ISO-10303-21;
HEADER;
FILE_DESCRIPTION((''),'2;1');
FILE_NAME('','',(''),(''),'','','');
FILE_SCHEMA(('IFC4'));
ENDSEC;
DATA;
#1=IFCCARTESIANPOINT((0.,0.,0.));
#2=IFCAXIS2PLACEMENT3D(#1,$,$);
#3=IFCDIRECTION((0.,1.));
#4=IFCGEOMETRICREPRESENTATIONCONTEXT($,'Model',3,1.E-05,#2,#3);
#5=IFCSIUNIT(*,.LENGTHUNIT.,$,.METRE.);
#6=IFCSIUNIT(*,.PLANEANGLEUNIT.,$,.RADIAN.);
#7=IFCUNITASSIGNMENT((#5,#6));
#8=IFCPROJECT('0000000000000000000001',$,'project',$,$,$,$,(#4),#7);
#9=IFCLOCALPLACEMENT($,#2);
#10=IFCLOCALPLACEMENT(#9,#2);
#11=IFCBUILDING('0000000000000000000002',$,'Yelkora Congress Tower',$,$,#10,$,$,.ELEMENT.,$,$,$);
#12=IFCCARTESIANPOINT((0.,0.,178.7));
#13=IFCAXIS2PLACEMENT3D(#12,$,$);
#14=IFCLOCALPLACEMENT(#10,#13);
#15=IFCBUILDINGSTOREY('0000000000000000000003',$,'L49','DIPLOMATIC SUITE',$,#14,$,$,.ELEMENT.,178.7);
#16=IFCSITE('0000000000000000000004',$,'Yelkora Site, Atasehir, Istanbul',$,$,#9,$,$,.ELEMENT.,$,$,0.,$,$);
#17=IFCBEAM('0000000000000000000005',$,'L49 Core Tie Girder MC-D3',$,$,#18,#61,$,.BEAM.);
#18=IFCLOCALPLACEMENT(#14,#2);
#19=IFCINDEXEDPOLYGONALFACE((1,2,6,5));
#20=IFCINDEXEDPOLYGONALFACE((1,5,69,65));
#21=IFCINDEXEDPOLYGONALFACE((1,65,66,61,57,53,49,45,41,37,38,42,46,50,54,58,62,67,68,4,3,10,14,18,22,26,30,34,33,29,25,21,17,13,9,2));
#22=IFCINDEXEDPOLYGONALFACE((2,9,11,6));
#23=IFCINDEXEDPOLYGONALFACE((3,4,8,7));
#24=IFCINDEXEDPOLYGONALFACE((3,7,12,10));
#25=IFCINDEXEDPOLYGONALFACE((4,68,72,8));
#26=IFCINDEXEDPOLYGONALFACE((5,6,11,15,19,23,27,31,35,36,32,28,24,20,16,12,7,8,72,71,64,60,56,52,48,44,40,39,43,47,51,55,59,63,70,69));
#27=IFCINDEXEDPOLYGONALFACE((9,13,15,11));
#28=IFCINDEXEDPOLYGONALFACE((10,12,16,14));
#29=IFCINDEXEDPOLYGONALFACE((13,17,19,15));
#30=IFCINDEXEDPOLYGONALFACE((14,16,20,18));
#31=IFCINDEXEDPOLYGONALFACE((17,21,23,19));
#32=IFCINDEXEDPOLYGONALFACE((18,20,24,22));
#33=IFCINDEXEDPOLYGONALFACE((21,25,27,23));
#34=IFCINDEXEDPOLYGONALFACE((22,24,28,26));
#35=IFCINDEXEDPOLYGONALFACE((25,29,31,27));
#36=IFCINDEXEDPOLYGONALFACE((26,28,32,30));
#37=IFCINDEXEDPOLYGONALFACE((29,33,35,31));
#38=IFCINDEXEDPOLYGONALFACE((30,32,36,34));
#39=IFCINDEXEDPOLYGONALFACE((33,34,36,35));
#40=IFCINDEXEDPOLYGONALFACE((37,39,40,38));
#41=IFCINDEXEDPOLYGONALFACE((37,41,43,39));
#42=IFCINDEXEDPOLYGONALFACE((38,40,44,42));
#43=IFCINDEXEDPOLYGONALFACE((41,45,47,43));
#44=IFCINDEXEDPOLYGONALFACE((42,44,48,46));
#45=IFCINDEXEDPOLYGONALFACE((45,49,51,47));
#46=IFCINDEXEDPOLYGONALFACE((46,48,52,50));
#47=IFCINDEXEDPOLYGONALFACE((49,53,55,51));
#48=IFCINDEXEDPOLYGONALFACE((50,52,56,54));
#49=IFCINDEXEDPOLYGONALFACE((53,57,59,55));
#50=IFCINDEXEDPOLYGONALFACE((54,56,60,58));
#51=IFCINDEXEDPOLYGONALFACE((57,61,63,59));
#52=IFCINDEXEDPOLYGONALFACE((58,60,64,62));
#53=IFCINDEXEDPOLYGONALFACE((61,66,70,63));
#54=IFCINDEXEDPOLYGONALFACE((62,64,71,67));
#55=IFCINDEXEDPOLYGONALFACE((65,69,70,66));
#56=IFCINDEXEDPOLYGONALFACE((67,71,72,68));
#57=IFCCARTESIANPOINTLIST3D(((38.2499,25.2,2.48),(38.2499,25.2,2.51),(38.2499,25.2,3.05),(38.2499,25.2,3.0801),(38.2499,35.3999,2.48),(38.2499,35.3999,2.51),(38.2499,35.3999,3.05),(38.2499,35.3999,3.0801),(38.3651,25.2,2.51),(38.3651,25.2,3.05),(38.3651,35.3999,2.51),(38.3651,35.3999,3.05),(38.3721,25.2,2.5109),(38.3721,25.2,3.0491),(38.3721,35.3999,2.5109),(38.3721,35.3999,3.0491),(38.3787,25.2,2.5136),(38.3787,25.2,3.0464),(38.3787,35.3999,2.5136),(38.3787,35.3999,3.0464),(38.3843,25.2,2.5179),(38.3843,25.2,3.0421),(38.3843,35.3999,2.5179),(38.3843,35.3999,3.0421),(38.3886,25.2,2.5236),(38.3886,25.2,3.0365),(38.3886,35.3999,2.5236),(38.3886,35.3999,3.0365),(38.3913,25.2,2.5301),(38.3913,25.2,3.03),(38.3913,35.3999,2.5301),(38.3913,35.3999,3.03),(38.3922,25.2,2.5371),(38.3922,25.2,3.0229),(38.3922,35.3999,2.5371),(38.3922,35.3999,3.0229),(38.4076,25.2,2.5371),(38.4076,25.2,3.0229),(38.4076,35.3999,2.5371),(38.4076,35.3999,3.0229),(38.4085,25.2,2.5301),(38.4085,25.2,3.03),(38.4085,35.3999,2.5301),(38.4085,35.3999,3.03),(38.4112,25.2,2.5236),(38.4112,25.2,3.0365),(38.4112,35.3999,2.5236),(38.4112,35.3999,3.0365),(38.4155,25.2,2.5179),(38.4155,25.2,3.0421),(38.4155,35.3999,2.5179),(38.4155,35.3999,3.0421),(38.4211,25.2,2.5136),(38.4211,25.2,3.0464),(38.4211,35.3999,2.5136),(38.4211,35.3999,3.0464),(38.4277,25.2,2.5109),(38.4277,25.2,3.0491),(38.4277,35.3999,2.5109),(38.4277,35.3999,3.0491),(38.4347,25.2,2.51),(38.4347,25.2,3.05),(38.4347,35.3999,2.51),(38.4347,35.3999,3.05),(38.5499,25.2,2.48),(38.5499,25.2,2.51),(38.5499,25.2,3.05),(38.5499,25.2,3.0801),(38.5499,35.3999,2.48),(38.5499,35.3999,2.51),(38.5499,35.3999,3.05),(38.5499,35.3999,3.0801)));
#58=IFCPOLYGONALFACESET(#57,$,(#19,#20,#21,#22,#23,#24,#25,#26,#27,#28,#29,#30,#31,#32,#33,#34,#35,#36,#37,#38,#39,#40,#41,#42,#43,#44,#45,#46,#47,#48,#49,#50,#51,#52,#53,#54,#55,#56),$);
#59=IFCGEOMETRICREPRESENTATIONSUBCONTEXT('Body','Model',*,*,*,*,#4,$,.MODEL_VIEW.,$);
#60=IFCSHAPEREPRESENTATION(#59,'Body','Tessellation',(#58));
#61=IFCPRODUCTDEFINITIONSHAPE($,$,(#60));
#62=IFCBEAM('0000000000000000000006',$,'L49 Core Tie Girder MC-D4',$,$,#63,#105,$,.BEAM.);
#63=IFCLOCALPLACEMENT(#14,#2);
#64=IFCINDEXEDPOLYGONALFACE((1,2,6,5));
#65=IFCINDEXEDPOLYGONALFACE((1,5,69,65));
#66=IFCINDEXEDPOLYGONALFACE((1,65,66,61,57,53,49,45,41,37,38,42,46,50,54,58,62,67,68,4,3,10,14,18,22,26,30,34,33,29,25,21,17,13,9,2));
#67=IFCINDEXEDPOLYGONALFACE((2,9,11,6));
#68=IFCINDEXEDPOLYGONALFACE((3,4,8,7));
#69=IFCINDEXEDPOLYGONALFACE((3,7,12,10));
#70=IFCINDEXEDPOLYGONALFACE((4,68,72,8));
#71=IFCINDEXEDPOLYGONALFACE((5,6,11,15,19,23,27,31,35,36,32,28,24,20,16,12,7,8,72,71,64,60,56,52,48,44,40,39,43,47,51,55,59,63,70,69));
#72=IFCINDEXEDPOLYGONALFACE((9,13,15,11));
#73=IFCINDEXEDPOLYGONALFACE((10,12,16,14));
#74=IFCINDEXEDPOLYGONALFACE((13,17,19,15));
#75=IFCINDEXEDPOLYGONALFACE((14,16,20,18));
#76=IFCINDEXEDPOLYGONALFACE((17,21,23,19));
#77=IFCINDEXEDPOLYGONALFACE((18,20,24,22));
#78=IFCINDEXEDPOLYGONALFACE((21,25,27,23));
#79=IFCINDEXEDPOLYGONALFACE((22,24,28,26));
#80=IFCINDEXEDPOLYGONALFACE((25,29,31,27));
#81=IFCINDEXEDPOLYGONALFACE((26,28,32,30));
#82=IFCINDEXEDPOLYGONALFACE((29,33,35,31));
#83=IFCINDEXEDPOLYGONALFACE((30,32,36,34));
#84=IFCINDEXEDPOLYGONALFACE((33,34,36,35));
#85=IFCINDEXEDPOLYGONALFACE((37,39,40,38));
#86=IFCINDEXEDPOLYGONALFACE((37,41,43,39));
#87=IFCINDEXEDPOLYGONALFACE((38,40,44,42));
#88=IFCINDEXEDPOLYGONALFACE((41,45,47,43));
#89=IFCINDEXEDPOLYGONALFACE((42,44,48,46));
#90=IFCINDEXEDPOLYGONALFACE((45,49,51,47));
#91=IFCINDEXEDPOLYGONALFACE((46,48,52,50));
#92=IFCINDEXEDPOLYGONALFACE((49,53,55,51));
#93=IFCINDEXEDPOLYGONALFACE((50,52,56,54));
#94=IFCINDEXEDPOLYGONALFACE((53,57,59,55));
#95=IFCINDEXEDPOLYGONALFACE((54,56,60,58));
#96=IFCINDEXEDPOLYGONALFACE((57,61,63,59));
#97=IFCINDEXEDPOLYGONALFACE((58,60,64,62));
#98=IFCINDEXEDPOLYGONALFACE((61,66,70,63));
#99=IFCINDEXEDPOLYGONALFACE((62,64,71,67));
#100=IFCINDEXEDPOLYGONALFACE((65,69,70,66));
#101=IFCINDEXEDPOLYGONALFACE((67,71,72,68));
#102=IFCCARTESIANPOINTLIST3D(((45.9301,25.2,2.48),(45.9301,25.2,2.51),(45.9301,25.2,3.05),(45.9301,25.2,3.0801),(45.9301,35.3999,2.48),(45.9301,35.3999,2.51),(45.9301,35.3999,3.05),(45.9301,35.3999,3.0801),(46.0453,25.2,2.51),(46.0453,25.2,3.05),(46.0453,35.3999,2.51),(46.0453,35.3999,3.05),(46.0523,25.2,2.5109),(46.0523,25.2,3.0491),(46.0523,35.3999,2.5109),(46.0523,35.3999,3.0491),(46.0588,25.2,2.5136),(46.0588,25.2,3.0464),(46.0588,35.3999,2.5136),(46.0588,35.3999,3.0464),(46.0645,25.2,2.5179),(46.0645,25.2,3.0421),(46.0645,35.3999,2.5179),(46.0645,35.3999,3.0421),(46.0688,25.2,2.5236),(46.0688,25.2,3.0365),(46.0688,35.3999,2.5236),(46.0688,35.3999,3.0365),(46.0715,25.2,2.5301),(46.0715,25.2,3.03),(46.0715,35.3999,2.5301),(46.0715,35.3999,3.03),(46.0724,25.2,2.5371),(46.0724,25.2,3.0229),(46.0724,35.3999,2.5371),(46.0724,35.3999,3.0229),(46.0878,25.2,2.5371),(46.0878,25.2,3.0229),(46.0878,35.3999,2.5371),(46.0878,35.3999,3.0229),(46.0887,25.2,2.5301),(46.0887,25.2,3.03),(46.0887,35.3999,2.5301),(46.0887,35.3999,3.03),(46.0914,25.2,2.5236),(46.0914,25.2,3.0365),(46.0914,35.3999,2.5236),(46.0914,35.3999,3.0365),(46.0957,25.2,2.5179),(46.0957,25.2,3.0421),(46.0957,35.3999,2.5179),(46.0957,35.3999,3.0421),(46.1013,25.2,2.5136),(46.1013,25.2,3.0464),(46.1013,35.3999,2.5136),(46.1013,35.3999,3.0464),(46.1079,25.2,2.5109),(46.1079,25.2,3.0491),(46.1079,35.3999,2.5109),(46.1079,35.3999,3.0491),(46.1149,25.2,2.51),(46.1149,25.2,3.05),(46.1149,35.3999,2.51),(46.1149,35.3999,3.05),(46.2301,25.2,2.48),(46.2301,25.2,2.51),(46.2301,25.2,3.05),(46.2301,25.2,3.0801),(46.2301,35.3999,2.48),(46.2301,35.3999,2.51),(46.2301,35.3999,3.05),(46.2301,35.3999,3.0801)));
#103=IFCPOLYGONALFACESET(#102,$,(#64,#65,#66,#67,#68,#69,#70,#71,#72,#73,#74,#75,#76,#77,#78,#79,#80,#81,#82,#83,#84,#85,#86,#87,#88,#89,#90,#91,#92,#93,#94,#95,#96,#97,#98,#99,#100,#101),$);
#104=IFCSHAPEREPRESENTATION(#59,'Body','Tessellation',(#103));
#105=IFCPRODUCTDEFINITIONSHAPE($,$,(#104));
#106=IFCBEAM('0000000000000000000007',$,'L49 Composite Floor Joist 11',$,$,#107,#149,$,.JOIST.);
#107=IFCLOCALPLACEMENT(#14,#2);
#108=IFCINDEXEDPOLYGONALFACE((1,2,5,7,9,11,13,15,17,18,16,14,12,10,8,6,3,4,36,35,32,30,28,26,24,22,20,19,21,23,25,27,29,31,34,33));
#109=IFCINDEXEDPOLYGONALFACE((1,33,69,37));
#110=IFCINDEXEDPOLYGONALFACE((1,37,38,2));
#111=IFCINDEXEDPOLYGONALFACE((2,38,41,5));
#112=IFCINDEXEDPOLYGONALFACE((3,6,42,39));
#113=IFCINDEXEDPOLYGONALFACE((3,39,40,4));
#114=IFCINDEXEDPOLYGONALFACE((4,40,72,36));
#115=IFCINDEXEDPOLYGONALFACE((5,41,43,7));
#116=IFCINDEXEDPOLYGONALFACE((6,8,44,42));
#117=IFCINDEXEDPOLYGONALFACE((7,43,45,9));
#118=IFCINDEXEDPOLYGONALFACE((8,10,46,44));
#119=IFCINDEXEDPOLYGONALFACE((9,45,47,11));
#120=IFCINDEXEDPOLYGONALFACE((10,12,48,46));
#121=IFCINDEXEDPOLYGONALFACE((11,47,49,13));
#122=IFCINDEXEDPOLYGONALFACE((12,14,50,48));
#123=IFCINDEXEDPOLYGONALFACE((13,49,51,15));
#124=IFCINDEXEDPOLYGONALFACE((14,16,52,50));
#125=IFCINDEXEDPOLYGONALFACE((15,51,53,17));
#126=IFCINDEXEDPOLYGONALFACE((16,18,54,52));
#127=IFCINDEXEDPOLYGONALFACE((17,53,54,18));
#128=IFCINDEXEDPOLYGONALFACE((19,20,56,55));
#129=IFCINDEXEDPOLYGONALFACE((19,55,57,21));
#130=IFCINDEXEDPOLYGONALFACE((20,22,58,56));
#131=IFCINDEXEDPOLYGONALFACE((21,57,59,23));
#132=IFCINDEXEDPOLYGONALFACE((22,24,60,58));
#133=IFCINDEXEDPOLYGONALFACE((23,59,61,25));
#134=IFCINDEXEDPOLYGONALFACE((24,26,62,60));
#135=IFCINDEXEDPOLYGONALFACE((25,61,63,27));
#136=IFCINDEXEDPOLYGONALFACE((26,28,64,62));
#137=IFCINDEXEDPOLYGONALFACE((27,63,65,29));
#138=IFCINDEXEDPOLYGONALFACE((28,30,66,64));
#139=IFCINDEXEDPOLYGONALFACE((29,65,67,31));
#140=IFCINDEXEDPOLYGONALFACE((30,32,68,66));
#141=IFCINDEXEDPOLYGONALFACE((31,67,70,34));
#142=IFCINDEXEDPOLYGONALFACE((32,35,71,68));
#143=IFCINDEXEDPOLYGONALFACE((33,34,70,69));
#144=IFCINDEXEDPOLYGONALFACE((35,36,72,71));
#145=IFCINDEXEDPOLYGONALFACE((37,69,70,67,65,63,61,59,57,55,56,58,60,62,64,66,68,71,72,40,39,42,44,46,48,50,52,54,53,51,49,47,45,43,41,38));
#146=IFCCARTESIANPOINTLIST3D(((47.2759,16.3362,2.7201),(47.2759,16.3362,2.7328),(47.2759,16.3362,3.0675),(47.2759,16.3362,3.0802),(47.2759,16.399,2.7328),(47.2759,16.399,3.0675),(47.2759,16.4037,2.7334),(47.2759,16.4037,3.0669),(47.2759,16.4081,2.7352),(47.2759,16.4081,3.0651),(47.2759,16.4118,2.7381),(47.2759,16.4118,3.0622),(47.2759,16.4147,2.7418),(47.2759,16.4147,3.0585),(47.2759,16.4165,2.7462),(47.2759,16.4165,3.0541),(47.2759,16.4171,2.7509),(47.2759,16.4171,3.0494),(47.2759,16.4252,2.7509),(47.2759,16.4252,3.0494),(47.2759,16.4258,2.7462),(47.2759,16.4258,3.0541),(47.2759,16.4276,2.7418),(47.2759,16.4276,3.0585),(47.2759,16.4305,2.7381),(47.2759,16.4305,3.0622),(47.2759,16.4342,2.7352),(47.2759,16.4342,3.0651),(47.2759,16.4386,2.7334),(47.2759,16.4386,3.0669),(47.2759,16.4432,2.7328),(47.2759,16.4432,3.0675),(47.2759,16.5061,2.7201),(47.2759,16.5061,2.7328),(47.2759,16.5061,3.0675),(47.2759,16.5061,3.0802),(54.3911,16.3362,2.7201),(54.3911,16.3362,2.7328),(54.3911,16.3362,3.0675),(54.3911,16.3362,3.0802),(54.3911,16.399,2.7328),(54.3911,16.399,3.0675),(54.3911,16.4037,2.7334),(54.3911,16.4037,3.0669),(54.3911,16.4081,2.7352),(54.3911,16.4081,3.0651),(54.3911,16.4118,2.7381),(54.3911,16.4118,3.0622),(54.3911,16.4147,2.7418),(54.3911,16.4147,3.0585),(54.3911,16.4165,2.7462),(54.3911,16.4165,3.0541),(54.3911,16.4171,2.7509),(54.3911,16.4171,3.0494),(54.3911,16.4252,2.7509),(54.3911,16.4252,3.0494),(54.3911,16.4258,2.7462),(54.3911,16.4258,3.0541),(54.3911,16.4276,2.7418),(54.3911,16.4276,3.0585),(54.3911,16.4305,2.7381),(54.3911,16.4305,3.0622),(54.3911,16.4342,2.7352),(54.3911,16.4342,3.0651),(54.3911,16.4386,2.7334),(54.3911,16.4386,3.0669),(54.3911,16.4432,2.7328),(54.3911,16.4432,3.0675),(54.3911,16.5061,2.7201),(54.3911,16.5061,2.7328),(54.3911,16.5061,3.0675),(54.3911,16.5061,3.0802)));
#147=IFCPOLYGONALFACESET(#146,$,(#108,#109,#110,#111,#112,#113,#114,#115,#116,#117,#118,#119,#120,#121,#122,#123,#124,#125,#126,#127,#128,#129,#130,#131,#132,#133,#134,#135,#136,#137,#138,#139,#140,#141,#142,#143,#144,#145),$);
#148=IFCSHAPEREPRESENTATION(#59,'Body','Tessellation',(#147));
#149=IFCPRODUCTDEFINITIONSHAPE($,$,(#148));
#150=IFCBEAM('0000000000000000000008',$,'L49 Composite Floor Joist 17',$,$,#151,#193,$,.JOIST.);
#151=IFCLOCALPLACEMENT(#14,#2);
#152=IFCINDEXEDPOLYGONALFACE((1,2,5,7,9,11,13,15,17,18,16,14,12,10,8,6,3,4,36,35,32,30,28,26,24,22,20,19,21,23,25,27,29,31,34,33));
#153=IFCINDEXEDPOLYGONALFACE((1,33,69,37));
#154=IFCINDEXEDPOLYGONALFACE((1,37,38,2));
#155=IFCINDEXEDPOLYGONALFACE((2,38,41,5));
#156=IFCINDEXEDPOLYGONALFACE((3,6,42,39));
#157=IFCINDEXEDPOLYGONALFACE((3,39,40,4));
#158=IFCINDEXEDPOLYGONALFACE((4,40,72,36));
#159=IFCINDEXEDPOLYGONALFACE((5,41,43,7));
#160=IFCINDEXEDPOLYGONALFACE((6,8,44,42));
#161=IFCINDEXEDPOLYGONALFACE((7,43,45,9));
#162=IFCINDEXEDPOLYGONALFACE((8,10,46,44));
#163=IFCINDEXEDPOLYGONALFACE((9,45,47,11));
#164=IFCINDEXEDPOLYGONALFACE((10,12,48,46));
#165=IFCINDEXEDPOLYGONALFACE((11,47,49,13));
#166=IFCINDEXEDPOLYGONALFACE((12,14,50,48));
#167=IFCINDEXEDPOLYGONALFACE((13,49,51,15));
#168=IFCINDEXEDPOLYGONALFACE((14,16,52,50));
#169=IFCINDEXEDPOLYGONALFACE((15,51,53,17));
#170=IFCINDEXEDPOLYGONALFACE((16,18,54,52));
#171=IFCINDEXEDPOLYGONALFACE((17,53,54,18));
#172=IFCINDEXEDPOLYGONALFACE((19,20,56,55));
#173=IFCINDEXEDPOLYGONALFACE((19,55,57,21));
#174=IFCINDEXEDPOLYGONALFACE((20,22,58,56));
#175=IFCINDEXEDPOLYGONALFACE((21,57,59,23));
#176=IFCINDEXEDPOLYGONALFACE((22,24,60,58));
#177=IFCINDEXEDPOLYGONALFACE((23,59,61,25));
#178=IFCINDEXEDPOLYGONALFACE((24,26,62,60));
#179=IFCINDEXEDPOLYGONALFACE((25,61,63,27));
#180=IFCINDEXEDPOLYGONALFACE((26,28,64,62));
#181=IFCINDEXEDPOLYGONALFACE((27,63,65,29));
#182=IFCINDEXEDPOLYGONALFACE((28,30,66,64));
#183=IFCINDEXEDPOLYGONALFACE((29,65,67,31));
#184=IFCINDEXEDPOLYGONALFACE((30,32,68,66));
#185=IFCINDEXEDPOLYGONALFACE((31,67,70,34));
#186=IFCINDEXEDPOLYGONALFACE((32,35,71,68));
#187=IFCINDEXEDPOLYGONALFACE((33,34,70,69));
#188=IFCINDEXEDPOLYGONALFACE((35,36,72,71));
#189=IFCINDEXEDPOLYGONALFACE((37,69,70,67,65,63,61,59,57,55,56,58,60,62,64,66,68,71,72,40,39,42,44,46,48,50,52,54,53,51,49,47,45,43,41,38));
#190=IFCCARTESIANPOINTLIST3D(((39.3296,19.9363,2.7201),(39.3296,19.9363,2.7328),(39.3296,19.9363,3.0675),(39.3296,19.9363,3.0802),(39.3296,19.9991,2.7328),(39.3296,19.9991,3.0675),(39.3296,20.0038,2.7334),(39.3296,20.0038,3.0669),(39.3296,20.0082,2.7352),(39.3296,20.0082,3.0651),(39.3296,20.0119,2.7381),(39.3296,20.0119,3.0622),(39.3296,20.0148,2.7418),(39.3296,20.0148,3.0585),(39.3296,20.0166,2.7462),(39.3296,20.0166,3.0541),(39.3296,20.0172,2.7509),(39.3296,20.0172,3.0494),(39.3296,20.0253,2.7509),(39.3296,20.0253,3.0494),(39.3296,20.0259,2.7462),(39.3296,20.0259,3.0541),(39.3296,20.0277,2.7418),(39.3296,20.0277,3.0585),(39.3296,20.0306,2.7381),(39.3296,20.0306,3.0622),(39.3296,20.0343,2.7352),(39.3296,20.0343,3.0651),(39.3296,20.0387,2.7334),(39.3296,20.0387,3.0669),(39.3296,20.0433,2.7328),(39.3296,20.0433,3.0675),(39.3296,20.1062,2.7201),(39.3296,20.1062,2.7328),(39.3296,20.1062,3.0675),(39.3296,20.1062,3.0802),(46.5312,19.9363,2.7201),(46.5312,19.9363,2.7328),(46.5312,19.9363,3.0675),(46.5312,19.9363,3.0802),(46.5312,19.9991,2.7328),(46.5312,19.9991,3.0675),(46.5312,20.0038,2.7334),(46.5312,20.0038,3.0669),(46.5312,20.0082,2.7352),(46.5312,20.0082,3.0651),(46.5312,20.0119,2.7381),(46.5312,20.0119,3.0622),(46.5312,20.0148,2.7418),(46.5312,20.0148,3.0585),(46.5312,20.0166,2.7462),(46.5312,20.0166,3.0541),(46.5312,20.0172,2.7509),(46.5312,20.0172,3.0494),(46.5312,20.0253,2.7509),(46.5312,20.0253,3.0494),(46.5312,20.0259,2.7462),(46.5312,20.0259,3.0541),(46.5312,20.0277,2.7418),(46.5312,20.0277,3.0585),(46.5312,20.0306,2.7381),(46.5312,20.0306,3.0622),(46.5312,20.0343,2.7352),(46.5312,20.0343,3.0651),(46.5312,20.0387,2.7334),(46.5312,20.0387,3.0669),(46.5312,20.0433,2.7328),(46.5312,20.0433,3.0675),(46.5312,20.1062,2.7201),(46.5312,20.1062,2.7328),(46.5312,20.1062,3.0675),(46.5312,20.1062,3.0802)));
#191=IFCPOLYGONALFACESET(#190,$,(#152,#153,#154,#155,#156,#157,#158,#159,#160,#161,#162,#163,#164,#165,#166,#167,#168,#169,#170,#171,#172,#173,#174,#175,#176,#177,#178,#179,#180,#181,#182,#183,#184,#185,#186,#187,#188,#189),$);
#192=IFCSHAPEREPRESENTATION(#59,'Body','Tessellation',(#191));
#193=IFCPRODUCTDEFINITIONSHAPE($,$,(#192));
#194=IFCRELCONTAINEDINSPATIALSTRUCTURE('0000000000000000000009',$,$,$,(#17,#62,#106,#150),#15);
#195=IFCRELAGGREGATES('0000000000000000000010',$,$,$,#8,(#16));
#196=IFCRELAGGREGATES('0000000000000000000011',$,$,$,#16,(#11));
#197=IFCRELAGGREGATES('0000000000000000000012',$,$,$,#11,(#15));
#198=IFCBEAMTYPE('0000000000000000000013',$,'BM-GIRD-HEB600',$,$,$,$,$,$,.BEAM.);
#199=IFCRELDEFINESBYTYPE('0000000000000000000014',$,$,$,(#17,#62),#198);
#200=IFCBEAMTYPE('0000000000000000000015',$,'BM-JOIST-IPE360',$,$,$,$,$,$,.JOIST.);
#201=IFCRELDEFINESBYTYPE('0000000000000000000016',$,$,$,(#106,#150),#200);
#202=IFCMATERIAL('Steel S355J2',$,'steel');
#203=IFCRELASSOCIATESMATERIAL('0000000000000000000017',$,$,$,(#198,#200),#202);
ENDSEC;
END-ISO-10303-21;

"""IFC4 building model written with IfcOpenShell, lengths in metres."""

from ifc_helpers import new_model, si_unit, direction, frame, origin, origin_2d, place, context, subcontext, project, spatial, i_section, extrude, material, material_profile, profile_set, type_object, element, save


model = new_model("IFC4")

# Units and contexts
model_context = context("Model", 3, precision=1e-05, world=origin(), true_north=direction((0.0, 1.0)))
body_context = subcontext(model_context, "Body", "Model", "MODEL_VIEW")
ifc_project = project(units=[si_unit("LENGTHUNIT", "METRE"), si_unit("PLANEANGLEUNIT", "RADIAN")], contexts=[model_context])

# Site, building, storey
site_placement = place(None, origin())
site = spatial("IfcSite", under=ifc_project, at=site_placement, Name="Yelkora Site, Atasehir, Istanbul", CompositionType="ELEMENT", RefElevation=0.0)
building_placement = place(site_placement, origin())
building = spatial("IfcBuilding", under=site, at=building_placement, Name="Yelkora Congress Tower", CompositionType="ELEMENT")
storey_placement = place(building_placement, frame((0.0, 0.0, 178.7)))
storey = spatial("IfcBuildingStorey", under=building, at=storey_placement, Name="L49", Description="DIPLOMATIC SUITE", CompositionType="ELEMENT", Elevation=178.7)

# Beams
ifc_material_1 = material(Name="Steel S355J2", Category="steel")
ifc_material_profile_1 = material_profile(ifc_material_1, i_section(OverallWidth=0.3, OverallDepth=0.6001, WebThickness=0.0154, FlangeThickness=0.03, FilletRadius=0.0271, at=origin_2d()), Name="HEB 600")
ifc_profile_set_1 = profile_set([ifc_material_profile_1], Name="Steel S355J2")
beam_type_1 = type_object("IfcBeamType", Name="BM-GIRD-HEB600", PredefinedType="BEAM", material=ifc_profile_set_1)
for number, where, z_axis, x_axis, name in (
    (1, (38.3999, 25.2, 2.78), (0.0, 1.0, 0.0), (-1.0, 0.0, 0.0), "L49 Core Tie Girder MC-D3"),
    (2, (46.0801, 25.2, 2.78), (0.0, 1.0, 0.0), (-1.0, 0.0, 0.0), "L49 Core Tie Girder MC-D4"),
):
    element("IfcBeam", number, at=place(storey_placement, frame(where, z_axis=z_axis, x_axis=x_axis)), inside=storey, type_object=beam_type_1, Name=name, PredefinedType="BEAM", context=body_context, shape_type="SweptSolid", body=[
        extrude(i_section(OverallWidth=0.3, OverallDepth=0.6001, WebThickness=0.0154, FlangeThickness=0.03, FilletRadius=0.0271, at=origin_2d()), origin(), (0.0, 0.0, 1.0), 10.2),
    ])
ifc_material_profile_2 = material_profile(ifc_material_1, i_section(OverallWidth=0.1699, OverallDepth=0.3601, WebThickness=0.0081, FlangeThickness=0.0127, FilletRadius=0.0181, at=origin_2d()), Name="IPE 360")
ifc_profile_set_2 = profile_set([ifc_material_profile_2], Name="Steel S355J2")
beam_type_2 = type_object("IfcBeamType", Name="BM-JOIST-IPE360", PredefinedType="JOIST", material=ifc_profile_set_2)
beam_1_placement = place(storey_placement, frame((47.2759, 16.4211, 2.9001), z_axis=(1.0, 0.0, 0.0), x_axis=(0.0, 1.0, 0.0)))
element("IfcBeam", 3, at=beam_1_placement, inside=storey, type_object=beam_type_2, Name="L49 Composite Floor Joist 11", PredefinedType="JOIST", context=body_context, shape_type="SweptSolid", body=[
    extrude(i_section(OverallWidth=0.1699, OverallDepth=0.3601, WebThickness=0.0081, FlangeThickness=0.0127, FilletRadius=0.0181, at=origin_2d()), origin(), (0.0, 0.0, 1.0), 7.1152),
])
beam_2_placement = place(storey_placement, frame((39.3296, 20.0212, 2.9001), z_axis=(1.0, 0.0, 0.0), x_axis=(0.0, 1.0, 0.0)))
element("IfcBeam", 4, at=beam_2_placement, inside=storey, type_object=beam_type_2, Name="L49 Composite Floor Joist 17", PredefinedType="JOIST", context=body_context, shape_type="SweptSolid", body=[
    extrude(i_section(OverallWidth=0.1699, OverallDepth=0.3601, WebThickness=0.0081, FlangeThickness=0.0127, FilletRadius=0.0181, at=origin_2d()), origin(), (0.0, 0.0, 1.0), 7.2017),
])

save(model, "model.ifc")
